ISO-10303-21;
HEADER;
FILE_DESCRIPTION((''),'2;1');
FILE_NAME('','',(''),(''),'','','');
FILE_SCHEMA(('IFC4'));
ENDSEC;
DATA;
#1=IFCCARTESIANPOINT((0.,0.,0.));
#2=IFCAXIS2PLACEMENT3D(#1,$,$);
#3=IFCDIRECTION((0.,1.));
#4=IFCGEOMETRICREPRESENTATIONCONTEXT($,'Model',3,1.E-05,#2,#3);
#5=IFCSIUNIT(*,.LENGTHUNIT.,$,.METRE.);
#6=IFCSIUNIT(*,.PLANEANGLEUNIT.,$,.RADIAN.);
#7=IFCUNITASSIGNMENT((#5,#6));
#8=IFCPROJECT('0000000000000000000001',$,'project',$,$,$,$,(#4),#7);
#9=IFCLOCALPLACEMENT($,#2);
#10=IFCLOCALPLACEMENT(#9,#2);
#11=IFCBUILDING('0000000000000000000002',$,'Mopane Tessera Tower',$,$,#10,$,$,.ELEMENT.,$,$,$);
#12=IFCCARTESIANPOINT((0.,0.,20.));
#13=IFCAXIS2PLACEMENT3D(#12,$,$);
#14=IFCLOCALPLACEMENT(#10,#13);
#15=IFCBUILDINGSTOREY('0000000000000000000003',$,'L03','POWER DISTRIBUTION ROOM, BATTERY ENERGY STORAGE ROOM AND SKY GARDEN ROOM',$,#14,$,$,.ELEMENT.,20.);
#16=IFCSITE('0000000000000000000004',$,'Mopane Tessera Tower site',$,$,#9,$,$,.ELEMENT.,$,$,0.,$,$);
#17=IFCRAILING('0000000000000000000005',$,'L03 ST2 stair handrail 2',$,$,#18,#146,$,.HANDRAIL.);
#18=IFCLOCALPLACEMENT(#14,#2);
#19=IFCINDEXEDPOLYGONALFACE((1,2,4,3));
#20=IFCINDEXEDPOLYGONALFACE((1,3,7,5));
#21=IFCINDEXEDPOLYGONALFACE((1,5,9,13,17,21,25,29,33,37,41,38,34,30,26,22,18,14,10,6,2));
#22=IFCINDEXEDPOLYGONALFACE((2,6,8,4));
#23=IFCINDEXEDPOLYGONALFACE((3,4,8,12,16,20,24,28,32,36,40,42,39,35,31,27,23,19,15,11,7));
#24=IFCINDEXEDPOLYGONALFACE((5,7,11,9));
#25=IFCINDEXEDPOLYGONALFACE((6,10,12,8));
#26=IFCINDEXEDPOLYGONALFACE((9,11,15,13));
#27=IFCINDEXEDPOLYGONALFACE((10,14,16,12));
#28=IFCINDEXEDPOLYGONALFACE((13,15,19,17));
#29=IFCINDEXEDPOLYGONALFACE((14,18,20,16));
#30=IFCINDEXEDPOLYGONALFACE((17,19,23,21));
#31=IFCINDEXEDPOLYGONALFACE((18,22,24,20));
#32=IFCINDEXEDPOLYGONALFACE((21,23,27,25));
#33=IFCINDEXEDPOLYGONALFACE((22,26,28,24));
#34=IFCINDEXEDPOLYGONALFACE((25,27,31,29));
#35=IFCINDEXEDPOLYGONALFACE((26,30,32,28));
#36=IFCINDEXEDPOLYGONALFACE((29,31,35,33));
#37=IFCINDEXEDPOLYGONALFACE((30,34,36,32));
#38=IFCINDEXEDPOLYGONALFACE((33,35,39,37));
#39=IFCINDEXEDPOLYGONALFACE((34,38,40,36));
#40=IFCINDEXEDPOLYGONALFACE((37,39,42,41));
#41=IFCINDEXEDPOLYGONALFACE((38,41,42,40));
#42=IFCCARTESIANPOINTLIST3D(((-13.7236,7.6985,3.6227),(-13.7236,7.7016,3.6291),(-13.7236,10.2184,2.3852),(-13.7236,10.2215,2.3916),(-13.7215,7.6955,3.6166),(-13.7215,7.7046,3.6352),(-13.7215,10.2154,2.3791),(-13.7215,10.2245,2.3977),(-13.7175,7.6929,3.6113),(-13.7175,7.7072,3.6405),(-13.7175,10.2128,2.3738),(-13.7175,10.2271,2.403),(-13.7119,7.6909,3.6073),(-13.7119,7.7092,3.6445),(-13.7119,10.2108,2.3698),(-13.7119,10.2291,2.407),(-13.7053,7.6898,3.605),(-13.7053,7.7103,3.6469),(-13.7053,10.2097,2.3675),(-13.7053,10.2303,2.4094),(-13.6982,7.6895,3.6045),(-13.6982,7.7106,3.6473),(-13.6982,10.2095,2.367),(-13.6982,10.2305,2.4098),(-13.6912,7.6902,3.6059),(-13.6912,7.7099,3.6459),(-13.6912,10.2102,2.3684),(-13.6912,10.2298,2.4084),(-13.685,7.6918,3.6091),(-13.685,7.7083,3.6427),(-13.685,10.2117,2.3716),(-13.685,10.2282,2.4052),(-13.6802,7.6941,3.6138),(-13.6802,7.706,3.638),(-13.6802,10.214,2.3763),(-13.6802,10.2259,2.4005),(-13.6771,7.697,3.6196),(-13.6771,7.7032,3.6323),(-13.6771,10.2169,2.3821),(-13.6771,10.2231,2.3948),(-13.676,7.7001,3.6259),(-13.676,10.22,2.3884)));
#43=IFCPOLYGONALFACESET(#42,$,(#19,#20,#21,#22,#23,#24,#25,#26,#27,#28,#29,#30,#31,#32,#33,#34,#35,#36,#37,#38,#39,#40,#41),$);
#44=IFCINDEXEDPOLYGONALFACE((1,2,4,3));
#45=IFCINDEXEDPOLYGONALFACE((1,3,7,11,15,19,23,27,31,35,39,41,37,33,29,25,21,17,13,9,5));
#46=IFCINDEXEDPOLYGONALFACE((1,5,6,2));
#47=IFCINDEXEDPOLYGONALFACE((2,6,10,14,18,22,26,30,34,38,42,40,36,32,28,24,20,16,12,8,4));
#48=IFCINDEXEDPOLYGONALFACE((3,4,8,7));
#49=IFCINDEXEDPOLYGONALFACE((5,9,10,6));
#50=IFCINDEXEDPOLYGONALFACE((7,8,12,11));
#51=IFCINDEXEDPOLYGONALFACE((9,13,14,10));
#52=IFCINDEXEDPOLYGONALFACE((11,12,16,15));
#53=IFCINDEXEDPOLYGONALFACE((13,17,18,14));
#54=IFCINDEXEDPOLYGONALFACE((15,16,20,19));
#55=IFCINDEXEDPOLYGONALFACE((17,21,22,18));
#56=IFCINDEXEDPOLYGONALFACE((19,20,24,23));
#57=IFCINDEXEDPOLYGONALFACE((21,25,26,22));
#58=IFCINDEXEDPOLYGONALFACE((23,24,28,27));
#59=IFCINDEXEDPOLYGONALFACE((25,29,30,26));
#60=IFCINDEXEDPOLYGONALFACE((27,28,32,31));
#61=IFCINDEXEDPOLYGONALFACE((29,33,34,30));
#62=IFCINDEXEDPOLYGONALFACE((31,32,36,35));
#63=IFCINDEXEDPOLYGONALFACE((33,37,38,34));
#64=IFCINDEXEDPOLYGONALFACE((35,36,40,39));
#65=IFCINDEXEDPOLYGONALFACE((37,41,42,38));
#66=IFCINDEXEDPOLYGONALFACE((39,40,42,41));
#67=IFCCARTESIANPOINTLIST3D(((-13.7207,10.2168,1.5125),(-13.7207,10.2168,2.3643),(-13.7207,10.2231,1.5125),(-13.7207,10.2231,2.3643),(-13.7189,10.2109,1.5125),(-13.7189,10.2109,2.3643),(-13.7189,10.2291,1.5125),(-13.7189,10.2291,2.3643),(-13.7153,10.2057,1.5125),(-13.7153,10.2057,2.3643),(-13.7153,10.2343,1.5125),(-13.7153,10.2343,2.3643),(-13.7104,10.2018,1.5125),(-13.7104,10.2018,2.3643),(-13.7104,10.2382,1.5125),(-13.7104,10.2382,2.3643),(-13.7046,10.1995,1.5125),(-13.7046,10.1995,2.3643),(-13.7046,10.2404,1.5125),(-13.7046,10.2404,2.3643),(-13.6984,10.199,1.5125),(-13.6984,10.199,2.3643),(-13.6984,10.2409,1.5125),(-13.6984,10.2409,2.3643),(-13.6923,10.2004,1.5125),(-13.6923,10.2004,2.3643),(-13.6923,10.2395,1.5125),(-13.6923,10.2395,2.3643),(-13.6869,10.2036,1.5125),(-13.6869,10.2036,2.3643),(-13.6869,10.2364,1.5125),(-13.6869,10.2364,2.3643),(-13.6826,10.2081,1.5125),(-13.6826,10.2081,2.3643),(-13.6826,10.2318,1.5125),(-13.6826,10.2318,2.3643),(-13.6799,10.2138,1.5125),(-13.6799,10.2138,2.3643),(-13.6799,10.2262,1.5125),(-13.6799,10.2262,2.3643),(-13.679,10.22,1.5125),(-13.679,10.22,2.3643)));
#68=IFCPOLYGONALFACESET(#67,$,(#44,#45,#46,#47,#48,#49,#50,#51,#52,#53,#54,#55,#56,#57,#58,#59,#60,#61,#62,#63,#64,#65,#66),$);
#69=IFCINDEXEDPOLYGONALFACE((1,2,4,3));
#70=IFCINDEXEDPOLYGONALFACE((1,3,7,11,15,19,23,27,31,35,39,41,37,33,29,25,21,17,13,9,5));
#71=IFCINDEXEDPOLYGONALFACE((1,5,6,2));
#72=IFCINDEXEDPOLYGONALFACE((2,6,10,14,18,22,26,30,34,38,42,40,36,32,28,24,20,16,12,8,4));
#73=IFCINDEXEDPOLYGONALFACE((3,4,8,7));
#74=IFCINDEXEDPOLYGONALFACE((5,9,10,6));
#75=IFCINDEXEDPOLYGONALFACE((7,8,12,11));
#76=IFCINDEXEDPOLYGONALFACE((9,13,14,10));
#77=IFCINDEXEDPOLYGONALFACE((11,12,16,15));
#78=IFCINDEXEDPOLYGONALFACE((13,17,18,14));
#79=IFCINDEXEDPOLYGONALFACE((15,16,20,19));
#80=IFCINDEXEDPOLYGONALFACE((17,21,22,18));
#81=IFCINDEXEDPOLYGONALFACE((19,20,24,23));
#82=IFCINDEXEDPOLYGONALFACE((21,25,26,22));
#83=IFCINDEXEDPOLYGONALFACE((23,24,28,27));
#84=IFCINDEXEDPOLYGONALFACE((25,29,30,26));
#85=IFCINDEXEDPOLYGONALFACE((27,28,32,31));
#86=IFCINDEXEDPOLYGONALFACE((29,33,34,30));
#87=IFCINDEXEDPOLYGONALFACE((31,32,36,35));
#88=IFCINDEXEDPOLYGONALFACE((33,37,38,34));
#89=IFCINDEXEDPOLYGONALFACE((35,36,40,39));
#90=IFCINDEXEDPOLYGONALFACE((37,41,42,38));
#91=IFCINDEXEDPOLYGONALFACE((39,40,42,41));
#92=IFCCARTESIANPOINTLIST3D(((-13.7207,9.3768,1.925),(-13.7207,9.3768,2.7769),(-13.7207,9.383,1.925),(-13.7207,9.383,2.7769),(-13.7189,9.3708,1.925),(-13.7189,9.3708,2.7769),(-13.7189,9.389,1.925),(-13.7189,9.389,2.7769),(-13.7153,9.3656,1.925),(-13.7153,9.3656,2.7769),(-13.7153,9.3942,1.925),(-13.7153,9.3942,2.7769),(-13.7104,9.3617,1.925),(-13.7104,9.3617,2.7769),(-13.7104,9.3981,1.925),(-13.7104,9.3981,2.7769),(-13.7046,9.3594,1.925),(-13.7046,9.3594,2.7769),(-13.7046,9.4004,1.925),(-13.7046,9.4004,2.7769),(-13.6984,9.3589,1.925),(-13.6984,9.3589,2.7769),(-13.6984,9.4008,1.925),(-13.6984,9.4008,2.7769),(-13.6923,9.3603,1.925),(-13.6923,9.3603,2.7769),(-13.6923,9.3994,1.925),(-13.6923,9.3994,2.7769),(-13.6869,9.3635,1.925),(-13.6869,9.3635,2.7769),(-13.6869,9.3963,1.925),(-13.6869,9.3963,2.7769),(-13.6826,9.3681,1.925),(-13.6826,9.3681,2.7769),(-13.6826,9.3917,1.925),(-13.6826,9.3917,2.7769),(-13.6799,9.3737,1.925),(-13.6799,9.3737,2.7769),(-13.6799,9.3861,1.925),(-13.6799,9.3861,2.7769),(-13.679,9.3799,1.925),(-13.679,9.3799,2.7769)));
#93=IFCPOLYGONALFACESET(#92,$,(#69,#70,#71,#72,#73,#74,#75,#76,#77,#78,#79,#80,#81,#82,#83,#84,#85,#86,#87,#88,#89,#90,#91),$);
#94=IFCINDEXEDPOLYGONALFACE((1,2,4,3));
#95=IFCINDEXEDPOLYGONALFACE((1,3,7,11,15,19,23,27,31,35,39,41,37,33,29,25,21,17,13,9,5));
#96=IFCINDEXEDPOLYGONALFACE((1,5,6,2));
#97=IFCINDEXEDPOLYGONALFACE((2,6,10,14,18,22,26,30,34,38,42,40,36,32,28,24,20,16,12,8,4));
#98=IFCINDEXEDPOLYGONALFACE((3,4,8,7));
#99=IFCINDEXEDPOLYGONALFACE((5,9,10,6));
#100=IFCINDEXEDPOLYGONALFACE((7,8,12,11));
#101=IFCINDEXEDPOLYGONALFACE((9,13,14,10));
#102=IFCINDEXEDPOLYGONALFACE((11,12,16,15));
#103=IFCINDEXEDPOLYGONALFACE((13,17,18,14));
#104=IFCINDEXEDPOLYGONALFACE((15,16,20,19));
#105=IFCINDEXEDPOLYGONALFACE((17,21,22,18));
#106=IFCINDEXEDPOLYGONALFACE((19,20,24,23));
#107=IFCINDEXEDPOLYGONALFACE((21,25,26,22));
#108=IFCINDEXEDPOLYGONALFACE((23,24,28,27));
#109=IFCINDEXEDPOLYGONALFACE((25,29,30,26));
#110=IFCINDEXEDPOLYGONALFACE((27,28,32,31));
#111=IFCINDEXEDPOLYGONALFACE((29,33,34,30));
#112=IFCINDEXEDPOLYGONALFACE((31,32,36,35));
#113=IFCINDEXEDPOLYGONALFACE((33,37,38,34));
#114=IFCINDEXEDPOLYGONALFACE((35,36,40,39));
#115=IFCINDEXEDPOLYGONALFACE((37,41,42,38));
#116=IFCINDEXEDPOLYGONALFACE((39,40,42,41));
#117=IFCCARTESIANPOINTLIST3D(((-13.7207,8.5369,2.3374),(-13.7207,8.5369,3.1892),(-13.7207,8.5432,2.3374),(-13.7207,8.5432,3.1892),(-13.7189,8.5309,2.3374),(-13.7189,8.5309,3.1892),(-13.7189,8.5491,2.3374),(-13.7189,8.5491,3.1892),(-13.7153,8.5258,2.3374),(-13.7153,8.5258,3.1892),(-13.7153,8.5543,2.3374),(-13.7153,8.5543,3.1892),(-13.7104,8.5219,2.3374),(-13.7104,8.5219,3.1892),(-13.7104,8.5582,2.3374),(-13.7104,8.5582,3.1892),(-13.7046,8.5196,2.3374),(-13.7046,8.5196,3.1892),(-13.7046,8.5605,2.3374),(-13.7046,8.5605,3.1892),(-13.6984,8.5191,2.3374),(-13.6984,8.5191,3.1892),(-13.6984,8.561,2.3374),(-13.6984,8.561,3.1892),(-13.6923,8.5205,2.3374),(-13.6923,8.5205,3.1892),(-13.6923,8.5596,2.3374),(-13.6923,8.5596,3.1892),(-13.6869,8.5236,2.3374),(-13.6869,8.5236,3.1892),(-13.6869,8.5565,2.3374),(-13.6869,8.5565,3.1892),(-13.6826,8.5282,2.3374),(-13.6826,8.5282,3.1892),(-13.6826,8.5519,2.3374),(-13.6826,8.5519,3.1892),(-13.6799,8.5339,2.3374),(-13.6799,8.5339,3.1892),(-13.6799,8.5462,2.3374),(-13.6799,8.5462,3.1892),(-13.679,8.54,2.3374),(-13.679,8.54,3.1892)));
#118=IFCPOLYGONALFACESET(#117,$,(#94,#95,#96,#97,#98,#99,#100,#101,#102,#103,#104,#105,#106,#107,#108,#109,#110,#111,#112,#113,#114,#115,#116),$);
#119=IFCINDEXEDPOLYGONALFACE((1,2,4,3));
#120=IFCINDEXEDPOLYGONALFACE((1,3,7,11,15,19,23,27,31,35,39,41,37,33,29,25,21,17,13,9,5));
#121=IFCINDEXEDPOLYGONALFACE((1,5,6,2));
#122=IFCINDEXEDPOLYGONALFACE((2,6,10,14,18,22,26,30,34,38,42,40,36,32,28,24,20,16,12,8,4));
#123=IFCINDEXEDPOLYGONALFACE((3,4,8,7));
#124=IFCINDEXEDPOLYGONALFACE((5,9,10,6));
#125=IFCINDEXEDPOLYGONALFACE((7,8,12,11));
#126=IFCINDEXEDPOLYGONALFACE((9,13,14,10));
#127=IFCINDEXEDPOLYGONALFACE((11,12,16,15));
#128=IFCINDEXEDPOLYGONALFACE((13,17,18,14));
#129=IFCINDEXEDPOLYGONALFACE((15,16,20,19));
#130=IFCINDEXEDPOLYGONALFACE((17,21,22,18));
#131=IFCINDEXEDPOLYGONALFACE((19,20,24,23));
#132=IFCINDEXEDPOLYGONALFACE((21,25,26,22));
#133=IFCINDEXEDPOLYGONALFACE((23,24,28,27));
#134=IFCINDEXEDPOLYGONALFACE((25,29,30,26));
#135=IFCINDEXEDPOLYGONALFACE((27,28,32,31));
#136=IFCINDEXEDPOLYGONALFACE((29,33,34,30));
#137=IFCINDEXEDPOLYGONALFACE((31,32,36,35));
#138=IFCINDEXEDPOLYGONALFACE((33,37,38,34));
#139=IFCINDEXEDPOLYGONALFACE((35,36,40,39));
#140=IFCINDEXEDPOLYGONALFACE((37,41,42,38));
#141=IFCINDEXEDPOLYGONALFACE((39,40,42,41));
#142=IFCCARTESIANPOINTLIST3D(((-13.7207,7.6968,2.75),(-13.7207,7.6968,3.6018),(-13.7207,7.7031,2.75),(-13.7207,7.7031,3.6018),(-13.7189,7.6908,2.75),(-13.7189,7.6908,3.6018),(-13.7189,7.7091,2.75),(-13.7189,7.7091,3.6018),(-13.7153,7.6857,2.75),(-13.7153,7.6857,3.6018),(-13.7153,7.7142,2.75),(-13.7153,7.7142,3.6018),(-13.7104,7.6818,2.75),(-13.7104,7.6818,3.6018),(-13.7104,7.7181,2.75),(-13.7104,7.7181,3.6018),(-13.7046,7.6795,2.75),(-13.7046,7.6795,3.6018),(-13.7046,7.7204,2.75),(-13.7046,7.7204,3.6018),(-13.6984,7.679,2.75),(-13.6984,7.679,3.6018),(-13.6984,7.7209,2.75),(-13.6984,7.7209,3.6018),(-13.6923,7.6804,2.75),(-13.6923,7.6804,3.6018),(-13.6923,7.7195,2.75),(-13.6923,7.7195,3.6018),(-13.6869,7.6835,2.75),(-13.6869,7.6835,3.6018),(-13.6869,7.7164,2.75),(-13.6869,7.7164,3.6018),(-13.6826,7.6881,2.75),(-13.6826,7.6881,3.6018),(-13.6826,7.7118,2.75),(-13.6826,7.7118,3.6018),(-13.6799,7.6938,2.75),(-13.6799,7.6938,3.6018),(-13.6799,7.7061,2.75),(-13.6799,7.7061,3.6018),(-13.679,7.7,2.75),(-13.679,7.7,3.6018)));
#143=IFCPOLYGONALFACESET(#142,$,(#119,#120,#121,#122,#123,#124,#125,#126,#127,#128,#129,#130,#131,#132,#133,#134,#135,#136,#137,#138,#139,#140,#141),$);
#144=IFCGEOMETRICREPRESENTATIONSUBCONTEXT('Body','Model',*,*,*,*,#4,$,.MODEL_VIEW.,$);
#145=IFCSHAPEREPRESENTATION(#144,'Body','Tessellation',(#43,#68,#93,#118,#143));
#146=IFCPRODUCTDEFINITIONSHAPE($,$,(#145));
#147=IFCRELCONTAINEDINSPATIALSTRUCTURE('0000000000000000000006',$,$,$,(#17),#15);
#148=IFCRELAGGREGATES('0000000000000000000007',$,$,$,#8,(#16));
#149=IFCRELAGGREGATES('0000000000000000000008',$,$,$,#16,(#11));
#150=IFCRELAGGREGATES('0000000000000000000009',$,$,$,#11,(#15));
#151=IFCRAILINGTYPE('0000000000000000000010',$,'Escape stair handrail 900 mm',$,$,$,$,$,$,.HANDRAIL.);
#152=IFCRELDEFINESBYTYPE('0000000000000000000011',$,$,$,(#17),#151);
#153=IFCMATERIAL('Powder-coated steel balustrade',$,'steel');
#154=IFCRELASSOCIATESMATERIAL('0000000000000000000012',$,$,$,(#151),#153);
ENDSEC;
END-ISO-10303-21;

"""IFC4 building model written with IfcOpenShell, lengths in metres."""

from ifc_helpers import new_model, si_unit, direction, frame, origin, origin_2d, place, context, subcontext, project, spatial, circle, extrude, material, type_object, element, save


model = new_model("IFC4")

# Units and contexts
model_context = context("Model", 3, precision=1e-05, world=origin(), true_north=direction((0.0, 1.0)))
body_context = subcontext(model_context, "Body", "Model", "MODEL_VIEW")
ifc_project = project(units=[si_unit("LENGTHUNIT", "METRE"), si_unit("PLANEANGLEUNIT", "RADIAN")], contexts=[model_context])

# Site, building, storey
site_placement = place(None, origin())
site = spatial("IfcSite", under=ifc_project, at=site_placement, Name="Mopane Tessera Tower site", CompositionType="ELEMENT", RefElevation=0.0)
building_placement = place(site_placement, origin())
building = spatial("IfcBuilding", under=site, at=building_placement, Name="Mopane Tessera Tower", CompositionType="ELEMENT")
storey_placement = place(building_placement, frame((0.0, 0.0, 20.0)))
storey = spatial("IfcBuildingStorey", under=building, at=storey_placement, Name="L03", Description="POWER DISTRIBUTION ROOM, BATTERY ENERGY STORAGE ROOM AND SKY GARDEN ROOM", CompositionType="ELEMENT", Elevation=20.0)

# Railing
ifc_material_1 = material(Name="Powder-coated steel balustrade", Category="steel")
railing_type_1 = type_object("IfcRailingType", Name="Escape stair handrail 900 mm", PredefinedType="HANDRAIL", material=ifc_material_1)
railing_1_placement = place(storey_placement, frame((-13.7, 10.22, 1.5125)))
element("IfcRailing", 1, at=railing_1_placement, inside=storey, type_object=railing_type_1, Name="L03 ST2 stair handrail 2", PredefinedType="HANDRAIL", context=body_context, shape_type="SweptSolid", body=[
    extrude(circle(Radius=0.0239, at=origin_2d()), frame((0.0, 0.0, 0.876), z_axis=(0.0, -0.897604, 0.440802), x_axis=(1.0, 0.0, 0.0)), (0.0, 0.0, 1.0), 2.8074),
    extrude(circle(Radius=0.021, at=origin_2d()), origin(), (0.0, 0.0, 1.0), 0.8518),
    extrude(circle(Radius=0.021, at=origin_2d()), frame((0.0, -0.8401, 0.4126)), (0.0, 0.0, 1.0), 0.8518),
    extrude(circle(Radius=0.021, at=origin_2d()), frame((0.0, -1.6799, 0.825)), (0.0, 0.0, 1.0), 0.8518),
    extrude(circle(Radius=0.021, at=origin_2d()), frame((0.0, -2.52, 1.2375)), (0.0, 0.0, 1.0), 0.8518),
])

save(model, "model.ifc")
